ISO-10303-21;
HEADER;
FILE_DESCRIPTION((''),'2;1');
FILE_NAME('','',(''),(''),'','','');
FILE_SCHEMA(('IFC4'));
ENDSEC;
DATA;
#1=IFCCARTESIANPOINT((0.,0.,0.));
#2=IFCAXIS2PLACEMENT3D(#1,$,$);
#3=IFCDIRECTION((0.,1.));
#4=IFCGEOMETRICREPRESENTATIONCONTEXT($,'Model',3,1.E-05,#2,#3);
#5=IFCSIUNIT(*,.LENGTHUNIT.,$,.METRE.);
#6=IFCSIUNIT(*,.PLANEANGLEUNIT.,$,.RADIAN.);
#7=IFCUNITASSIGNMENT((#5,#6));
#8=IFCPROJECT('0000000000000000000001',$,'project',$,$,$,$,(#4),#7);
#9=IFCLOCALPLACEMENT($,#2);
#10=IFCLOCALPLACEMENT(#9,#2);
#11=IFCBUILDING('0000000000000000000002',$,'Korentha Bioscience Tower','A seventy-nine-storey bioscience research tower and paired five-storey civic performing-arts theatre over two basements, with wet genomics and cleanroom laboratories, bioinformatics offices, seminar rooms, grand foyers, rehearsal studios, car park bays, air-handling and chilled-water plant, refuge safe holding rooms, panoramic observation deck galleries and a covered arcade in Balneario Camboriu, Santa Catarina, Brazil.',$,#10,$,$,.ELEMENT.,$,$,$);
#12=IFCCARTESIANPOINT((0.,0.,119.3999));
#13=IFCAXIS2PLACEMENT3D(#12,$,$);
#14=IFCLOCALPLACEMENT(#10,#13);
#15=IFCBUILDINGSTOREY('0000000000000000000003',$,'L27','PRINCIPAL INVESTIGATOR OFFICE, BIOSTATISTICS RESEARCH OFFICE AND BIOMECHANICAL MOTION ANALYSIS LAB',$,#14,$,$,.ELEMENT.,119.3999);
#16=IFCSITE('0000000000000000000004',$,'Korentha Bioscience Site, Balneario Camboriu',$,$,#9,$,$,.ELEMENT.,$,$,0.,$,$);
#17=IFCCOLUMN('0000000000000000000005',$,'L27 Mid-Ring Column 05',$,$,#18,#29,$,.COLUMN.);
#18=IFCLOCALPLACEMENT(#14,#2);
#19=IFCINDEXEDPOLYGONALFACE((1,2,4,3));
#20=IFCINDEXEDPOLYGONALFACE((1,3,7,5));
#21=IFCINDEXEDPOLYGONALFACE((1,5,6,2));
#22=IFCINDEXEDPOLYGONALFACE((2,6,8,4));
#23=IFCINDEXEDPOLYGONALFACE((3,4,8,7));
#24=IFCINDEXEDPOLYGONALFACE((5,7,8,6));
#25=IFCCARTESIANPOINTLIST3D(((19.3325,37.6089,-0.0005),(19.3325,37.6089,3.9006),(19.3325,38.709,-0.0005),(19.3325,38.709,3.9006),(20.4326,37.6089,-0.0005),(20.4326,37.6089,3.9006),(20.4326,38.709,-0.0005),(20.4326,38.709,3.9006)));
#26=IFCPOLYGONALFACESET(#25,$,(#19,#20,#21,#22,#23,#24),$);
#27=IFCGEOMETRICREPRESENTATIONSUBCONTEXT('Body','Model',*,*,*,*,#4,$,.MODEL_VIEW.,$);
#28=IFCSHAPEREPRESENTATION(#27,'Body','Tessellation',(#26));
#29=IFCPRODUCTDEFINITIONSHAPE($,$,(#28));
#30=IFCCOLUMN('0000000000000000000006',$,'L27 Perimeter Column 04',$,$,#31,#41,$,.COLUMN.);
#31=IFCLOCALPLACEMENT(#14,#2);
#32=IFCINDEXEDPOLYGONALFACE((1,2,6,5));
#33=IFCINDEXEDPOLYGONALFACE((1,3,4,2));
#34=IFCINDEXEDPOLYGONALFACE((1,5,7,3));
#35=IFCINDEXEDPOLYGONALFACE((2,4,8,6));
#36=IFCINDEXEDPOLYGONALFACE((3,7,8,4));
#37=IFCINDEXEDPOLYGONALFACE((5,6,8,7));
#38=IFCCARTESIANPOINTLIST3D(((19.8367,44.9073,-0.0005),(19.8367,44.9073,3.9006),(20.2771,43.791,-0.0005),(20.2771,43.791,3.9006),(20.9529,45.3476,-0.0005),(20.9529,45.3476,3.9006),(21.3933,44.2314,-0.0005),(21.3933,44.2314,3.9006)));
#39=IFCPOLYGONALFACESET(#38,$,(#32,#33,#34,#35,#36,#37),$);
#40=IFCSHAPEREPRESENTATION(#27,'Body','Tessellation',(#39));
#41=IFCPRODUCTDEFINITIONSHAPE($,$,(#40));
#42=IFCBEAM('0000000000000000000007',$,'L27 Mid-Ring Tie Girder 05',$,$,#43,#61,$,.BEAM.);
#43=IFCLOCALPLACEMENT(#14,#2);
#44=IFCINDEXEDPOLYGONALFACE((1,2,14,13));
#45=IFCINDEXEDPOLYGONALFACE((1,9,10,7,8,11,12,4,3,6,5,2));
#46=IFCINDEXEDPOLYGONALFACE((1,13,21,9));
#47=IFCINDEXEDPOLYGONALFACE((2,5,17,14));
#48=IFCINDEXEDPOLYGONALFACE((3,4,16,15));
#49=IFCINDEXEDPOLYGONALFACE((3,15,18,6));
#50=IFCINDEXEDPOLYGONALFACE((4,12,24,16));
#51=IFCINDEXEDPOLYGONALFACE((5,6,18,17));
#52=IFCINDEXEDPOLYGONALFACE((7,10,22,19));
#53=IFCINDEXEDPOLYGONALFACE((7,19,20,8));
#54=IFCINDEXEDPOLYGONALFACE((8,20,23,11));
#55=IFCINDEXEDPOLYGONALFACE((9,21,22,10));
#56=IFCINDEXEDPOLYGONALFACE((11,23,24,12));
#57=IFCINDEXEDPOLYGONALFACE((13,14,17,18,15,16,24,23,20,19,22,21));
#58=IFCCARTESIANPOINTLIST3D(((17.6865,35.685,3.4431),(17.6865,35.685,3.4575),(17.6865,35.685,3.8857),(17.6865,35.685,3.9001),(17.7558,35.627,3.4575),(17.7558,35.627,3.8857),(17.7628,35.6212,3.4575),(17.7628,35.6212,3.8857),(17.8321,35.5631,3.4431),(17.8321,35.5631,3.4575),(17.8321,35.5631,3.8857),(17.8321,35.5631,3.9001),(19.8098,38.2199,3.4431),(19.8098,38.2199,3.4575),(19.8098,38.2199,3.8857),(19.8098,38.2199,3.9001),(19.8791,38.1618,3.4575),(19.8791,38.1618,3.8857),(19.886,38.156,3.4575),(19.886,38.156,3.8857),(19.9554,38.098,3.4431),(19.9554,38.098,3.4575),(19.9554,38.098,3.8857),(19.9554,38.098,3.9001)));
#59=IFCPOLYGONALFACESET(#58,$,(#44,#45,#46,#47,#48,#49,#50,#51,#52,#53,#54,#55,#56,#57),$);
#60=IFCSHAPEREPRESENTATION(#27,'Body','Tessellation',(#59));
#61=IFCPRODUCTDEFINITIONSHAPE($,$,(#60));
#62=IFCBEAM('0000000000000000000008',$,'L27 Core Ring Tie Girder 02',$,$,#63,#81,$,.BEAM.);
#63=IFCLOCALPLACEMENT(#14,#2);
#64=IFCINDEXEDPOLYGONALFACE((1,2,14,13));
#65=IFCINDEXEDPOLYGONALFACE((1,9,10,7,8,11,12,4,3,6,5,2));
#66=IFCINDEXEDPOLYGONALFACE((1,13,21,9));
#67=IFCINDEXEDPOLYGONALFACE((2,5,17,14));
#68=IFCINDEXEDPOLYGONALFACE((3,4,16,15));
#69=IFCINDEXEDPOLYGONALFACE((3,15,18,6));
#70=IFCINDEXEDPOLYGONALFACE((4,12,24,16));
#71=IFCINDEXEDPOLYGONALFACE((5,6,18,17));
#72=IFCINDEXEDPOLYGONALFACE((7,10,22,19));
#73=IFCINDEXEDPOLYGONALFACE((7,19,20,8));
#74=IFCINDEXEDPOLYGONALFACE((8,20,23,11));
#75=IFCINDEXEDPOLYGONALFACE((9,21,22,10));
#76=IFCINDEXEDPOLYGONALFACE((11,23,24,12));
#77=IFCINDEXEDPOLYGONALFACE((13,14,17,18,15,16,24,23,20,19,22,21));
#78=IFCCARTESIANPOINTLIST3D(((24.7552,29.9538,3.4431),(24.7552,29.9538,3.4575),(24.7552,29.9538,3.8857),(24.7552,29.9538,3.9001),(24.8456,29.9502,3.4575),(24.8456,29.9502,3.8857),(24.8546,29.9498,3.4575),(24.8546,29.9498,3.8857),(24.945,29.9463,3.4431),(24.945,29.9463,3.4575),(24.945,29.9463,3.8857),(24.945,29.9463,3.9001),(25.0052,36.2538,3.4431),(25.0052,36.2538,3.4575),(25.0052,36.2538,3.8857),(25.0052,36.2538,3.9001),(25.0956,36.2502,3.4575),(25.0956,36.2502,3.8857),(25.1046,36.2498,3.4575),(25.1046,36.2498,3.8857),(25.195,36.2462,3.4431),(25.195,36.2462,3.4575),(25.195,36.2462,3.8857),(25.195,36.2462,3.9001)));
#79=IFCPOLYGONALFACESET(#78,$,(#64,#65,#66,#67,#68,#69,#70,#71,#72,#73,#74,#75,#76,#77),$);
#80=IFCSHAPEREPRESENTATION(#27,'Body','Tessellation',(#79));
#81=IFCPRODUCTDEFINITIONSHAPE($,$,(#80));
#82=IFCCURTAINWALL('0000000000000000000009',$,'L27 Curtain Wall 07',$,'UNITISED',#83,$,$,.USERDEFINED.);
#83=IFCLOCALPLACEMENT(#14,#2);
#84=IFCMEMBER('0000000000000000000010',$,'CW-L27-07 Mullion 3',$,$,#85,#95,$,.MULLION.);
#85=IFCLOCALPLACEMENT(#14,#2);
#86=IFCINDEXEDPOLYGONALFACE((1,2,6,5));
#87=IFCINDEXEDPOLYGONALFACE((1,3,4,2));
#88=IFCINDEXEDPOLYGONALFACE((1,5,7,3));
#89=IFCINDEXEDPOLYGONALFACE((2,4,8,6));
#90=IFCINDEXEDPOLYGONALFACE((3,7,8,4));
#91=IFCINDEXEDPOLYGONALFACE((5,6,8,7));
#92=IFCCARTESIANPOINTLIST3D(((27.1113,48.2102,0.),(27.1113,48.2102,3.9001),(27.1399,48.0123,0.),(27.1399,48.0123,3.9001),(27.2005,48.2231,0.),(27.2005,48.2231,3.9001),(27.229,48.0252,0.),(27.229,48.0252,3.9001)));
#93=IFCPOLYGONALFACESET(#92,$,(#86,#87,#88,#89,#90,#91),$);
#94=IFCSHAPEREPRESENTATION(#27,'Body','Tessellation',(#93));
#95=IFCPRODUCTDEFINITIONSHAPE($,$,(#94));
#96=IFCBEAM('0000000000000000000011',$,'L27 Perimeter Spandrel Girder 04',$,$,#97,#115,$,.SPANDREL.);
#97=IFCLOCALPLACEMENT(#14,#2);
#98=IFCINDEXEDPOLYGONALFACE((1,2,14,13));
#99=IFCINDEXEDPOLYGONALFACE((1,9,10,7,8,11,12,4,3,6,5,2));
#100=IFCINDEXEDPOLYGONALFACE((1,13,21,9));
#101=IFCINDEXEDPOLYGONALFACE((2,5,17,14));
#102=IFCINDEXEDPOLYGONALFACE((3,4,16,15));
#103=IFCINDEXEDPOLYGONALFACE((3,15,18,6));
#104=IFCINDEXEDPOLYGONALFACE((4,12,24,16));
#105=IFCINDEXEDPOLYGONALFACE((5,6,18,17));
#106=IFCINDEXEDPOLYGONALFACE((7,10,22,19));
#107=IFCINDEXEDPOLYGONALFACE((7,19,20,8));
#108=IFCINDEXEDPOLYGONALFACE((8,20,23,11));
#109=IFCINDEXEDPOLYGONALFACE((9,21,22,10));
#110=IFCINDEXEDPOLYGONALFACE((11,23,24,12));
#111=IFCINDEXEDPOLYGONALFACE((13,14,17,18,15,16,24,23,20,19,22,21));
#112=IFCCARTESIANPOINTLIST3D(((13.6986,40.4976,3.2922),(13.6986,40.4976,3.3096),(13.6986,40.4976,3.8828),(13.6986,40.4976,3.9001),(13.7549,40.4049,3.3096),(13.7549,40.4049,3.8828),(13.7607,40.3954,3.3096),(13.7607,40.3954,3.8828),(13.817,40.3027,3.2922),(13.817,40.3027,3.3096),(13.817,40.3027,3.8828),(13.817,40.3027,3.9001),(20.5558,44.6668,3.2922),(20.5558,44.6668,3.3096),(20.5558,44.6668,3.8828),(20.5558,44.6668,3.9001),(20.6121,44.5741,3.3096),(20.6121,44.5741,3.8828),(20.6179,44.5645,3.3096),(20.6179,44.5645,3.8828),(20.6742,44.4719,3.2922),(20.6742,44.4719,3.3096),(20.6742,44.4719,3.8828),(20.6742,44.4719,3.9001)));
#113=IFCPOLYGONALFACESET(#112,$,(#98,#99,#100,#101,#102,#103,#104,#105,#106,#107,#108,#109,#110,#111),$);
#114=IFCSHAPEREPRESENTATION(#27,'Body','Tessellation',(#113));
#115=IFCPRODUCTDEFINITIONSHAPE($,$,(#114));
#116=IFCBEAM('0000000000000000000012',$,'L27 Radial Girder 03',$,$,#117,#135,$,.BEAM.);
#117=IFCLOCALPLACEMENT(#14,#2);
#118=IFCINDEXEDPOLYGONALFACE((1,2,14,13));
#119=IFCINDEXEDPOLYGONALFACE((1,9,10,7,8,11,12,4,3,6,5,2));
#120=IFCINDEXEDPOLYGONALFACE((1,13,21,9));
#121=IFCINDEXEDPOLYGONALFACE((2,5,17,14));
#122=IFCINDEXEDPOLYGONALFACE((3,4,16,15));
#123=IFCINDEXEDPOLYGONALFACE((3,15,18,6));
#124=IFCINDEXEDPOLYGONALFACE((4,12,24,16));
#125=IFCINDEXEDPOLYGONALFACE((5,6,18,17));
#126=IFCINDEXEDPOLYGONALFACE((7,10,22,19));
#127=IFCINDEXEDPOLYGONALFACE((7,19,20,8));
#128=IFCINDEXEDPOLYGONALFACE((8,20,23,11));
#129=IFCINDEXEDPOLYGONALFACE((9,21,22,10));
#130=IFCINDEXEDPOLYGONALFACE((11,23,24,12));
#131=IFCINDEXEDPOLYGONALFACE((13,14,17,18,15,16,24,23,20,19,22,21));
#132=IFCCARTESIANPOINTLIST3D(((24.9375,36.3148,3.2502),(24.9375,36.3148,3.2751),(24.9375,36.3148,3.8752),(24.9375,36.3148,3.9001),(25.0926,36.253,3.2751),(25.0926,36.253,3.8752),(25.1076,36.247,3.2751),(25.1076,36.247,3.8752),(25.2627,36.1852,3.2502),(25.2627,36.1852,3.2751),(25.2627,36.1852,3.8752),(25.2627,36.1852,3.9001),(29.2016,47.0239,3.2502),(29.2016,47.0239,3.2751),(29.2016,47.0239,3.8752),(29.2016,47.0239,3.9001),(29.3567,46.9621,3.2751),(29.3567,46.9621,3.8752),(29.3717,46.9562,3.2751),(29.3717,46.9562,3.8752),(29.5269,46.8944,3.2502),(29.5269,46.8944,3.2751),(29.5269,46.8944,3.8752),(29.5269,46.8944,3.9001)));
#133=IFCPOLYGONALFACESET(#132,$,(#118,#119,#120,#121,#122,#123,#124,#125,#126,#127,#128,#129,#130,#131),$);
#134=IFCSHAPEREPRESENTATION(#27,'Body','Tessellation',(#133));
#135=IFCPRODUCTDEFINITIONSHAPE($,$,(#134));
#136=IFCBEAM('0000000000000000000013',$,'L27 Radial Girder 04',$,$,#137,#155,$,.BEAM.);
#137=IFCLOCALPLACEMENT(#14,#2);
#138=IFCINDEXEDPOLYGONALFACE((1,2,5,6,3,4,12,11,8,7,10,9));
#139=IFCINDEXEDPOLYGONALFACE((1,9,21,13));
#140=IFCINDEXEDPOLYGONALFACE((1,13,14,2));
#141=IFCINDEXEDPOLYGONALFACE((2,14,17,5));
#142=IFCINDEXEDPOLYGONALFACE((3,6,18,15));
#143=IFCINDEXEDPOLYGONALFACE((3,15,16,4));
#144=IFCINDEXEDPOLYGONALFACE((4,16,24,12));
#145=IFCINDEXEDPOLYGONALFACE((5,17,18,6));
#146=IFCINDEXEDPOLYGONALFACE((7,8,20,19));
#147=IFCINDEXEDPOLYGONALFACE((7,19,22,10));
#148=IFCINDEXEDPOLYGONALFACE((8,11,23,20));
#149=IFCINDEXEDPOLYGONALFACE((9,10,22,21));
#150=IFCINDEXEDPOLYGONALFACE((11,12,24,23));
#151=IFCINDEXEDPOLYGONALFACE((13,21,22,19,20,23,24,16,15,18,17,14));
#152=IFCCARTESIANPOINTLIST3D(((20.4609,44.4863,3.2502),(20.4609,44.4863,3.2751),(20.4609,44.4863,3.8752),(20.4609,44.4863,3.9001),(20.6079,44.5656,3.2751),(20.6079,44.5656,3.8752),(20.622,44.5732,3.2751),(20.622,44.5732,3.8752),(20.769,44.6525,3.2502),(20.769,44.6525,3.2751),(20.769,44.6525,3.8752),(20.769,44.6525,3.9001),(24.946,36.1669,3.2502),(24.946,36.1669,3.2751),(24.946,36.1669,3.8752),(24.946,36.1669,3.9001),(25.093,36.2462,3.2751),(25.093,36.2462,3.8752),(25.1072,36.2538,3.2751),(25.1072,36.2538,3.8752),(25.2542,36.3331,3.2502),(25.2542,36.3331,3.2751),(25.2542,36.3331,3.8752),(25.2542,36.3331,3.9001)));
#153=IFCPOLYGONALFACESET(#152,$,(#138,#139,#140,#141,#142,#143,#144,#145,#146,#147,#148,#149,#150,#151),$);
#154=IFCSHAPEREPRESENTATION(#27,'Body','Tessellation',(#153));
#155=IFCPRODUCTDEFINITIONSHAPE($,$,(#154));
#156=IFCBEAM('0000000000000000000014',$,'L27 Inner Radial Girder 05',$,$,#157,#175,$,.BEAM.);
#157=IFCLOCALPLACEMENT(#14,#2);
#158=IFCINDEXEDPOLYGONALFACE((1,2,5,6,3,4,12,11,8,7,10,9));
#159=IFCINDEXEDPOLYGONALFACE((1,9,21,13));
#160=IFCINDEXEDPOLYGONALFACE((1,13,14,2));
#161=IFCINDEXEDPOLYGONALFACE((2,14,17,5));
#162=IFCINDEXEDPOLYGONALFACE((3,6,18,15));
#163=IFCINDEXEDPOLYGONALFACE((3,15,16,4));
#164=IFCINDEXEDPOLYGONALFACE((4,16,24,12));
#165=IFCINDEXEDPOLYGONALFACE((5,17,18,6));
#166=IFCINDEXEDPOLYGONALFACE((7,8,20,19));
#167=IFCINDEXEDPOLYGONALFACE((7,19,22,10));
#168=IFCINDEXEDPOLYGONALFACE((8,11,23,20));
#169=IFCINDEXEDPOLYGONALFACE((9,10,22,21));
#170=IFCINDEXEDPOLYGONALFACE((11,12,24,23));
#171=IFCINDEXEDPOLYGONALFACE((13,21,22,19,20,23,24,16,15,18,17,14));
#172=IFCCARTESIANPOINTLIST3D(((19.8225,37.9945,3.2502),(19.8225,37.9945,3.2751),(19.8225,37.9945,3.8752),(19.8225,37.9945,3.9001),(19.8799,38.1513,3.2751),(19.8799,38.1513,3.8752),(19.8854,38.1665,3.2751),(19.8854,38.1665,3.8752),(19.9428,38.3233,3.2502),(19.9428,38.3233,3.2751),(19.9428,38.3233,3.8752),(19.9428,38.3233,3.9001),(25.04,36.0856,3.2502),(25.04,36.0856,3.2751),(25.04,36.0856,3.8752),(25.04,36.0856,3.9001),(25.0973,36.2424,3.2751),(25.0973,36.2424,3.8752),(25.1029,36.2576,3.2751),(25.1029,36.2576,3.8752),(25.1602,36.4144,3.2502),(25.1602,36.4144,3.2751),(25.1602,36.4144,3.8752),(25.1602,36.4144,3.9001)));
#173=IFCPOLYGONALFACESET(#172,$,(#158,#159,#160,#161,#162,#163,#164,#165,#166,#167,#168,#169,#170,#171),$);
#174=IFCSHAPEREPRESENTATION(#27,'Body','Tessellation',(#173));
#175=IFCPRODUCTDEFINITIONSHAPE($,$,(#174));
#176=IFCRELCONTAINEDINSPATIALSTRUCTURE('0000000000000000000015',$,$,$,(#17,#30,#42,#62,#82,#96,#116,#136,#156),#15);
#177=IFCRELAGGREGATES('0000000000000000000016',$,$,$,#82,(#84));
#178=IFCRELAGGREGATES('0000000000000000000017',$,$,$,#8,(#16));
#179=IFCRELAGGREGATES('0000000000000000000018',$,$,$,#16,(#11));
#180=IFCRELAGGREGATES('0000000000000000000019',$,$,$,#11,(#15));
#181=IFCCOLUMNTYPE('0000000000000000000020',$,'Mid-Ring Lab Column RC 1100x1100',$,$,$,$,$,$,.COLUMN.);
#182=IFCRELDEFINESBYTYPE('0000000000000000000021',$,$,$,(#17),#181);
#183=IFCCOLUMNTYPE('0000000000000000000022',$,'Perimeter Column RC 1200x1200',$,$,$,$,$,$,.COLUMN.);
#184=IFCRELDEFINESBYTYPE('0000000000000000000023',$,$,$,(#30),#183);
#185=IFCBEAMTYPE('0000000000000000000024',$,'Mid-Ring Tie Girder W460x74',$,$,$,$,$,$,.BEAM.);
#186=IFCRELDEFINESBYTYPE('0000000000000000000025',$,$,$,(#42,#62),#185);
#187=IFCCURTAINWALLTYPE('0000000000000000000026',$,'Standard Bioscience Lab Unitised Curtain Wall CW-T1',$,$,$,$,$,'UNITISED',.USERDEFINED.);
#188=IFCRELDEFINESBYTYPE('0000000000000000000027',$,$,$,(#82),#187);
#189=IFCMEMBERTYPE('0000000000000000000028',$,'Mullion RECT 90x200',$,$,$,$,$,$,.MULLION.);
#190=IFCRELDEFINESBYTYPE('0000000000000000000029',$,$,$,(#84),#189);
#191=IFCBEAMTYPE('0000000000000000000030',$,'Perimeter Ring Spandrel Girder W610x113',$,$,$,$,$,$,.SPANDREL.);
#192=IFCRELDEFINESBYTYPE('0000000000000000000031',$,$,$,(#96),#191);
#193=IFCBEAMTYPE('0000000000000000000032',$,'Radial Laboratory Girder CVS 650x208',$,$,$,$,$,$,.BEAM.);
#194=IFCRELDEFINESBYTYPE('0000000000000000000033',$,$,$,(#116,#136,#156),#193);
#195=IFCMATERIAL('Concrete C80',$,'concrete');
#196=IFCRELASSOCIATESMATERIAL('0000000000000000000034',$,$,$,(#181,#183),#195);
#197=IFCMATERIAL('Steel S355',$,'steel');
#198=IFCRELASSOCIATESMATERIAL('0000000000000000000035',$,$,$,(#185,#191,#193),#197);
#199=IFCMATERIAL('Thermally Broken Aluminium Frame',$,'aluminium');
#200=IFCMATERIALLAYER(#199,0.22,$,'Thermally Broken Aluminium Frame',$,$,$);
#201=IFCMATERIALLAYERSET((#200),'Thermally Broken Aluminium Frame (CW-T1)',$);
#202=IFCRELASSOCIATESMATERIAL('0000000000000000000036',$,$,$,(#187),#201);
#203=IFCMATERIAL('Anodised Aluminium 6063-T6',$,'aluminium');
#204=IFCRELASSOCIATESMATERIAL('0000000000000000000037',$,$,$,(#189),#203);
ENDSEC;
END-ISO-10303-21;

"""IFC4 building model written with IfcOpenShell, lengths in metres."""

from ifc_helpers import new_model, si_unit, direction, frame, origin, origin_2d, place, context, subcontext, project, spatial, rectangle, i_section, extrude, material, layer, layer_set, material_profile, profile_set, type_object, element, aggregate, save


model = new_model("IFC4")

# Units and contexts
model_context = context("Model", 3, precision=1e-05, world=origin(), true_north=direction((0.0, 1.0)))
body_context = subcontext(model_context, "Body", "Model", "MODEL_VIEW")
ifc_project = project(units=[si_unit("LENGTHUNIT", "METRE"), si_unit("PLANEANGLEUNIT", "RADIAN")], contexts=[model_context])

# Site, building, storey
site_placement = place(None, origin())
site = spatial("IfcSite", under=ifc_project, at=site_placement, Name="Korentha Bioscience Site, Balneario Camboriu", CompositionType="ELEMENT", RefElevation=0.0)
building_placement = place(site_placement, origin())
building = spatial("IfcBuilding", under=site, at=building_placement, Name="Korentha Bioscience Tower", Description="A seventy-nine-storey bioscience research tower and paired five-storey civic performing-arts theatre over two basements, with wet genomics and cleanroom laboratories, bioinformatics offices, seminar rooms, grand foyers, rehearsal studios, car park bays, air-handling and chilled-water plant, refuge safe holding rooms, panoramic observation deck galleries and a covered arcade in Balneario Camboriu, Santa Catarina, Brazil.", CompositionType="ELEMENT")
storey_placement = place(building_placement, frame((0.0, 0.0, 119.3999)))
storey = spatial("IfcBuildingStorey", under=building, at=storey_placement, Name="L27", Description="PRINCIPAL INVESTIGATOR OFFICE, BIOSTATISTICS RESEARCH OFFICE AND BIOMECHANICAL MOTION ANALYSIS LAB", CompositionType="ELEMENT", Elevation=119.3999)

# Columns
ifc_material_1 = material(Name="Concrete C80", Category="concrete")
ifc_material_profile_1 = material_profile(ifc_material_1, rectangle(XDim=1.1001, YDim=1.1001, at=origin_2d()), Name="Concrete C80")
ifc_profile_set_1 = profile_set([ifc_material_profile_1], Name="Concrete C80 (COL-MR11)")
column_type_1 = type_object("IfcColumnType", Name="Mid-Ring Lab Column RC 1100x1100", PredefinedType="COLUMN", material=ifc_profile_set_1)
column_1_placement = place(storey_placement, frame((19.8826, 38.1589, -0.0005), z_axis=(0.0, 0.0, 1.0), x_axis=(1.0, 0.0, 0.0)))
element("IfcColumn", 1, at=column_1_placement, inside=storey, type_object=column_type_1, Name="L27 Mid-Ring Column 05", PredefinedType="COLUMN", context=body_context, shape_type="SweptSolid", body=[
    extrude(rectangle(XDim=1.1001, YDim=1.1001, at=origin_2d()), origin(), (0.0, 0.0, 1.0), 3.9011),
])
ifc_material_profile_2 = material_profile(ifc_material_1, rectangle(XDim=1.2, YDim=1.2, at=origin_2d()), Name="Concrete C80")
ifc_profile_set_2 = profile_set([ifc_material_profile_2], Name="Concrete C80 (COL-P12)")
column_type_2 = type_object("IfcColumnType", Name="Perimeter Column RC 1200x1200", PredefinedType="COLUMN", material=ifc_profile_set_2)
column_2_placement = place(storey_placement, frame((20.615, 44.5693, -0.0005), z_axis=(0.0, 0.0, 1.0), x_axis=(0.930226, 0.366988, 0.0)))
element("IfcColumn", 2, at=column_2_placement, inside=storey, type_object=column_type_2, Name="L27 Perimeter Column 04", PredefinedType="COLUMN", context=body_context, shape_type="SweptSolid", body=[
    extrude(rectangle(XDim=1.2, YDim=1.2, at=origin_2d()), origin(), (0.0, 0.0, 1.0), 3.9011),
])

# Beams
ifc_material_2 = material(Name="Steel S355", Category="steel")
ifc_material_profile_3 = material_profile(ifc_material_2, i_section(OverallWidth=0.1899, OverallDepth=0.457, WebThickness=0.009, FlangeThickness=0.0144, at=origin_2d()), Name="Steel S355")
ifc_profile_set_3 = profile_set([ifc_material_profile_3], Name="Steel S355 (MB-460)")
beam_type_1 = type_object("IfcBeamType", Name="Mid-Ring Tie Girder W460x74", PredefinedType="BEAM", material=ifc_profile_set_3)
beam_1_placement = place(storey_placement, frame((19.8826, 38.1589, 3.6716), z_axis=(-0.642121, -0.766603, 0.0), x_axis=(0.766603, -0.642121, 0.0)))
element("IfcBeam", 3, at=beam_1_placement, inside=storey, type_object=beam_type_1, Name="L27 Mid-Ring Tie Girder 05", PredefinedType="BEAM", context=body_context, shape_type="SweptSolid", body=[
    extrude(i_section(OverallWidth=0.1899, OverallDepth=0.457, WebThickness=0.009, FlangeThickness=0.0144, at=origin_2d()), origin(), (0.0, 0.0, 1.0), 3.3066),
])
beam_2_placement = place(storey_placement, frame((25.1001, 36.25, 3.6716), z_axis=(-0.039651, -0.999214, 0.0), x_axis=(0.999214, -0.039651, 0.0)))
element("IfcBeam", 4, at=beam_2_placement, inside=storey, type_object=beam_type_1, Name="L27 Core Ring Tie Girder 02", PredefinedType="BEAM", context=body_context, shape_type="SweptSolid", body=[
    extrude(i_section(OverallWidth=0.1899, OverallDepth=0.457, WebThickness=0.009, FlangeThickness=0.0144, at=origin_2d()), origin(), (0.0, 0.0, 1.0), 6.3049),
])

# Curtain wall, member
ifc_material_3 = material(Name="Thermally Broken Aluminium Frame", Category="aluminium")
ifc_layer_1 = layer(ifc_material_3, 0.22, Name="Thermally Broken Aluminium Frame")
ifc_layer_set_1 = layer_set([ifc_layer_1], Name="Thermally Broken Aluminium Frame (CW-T1)")
curtain_wall_type = type_object("IfcCurtainWallType", Name="Standard Bioscience Lab Unitised Curtain Wall CW-T1", ElementType="UNITISED", PredefinedType="USERDEFINED", material=ifc_layer_set_1)
curtain_wall_placement = place(storey_placement, origin())
curtain_wall = element("IfcCurtainWall", 5, at=curtain_wall_placement, inside=storey, type_object=curtain_wall_type, Name="L27 Curtain Wall 07", ObjectType="UNITISED", PredefinedType="USERDEFINED")
ifc_material_4 = material(Name="Anodised Aluminium 6063-T6", Category="aluminium")
ifc_material_profile_4 = material_profile(ifc_material_4, rectangle(XDim=0.0901, YDim=0.2, at=origin_2d()), Name="Anodised Aluminium 6063-T6")
ifc_profile_set_4 = profile_set([ifc_material_profile_4], Name="Anodised Aluminium 6063-T6 (CW-MUL)")
member_type = type_object("IfcMemberType", Name="Mullion RECT 90x200", PredefinedType="MULLION", material=ifc_profile_set_4)
member_placement = place(storey_placement, frame((27.1702, 48.1177, 0.0), z_axis=(0.0, 0.0, 1.0), x_axis=(-0.989738, -0.142892, 0.0)))
member = element("IfcMember", 6, at=member_placement, type_object=member_type, Name="CW-L27-07 Mullion 3", PredefinedType="MULLION", context=body_context, shape_type="SweptSolid", body=[
    extrude(rectangle(XDim=0.0901, YDim=0.2, at=origin_2d()), origin(), (0.0, 0.0, 1.0), 3.9001),
])

# Beams
ifc_material_profile_5 = material_profile(ifc_material_2, i_section(OverallWidth=0.228, OverallDepth=0.6079, WebThickness=0.0112, FlangeThickness=0.0173, at=origin_2d()), Name="Steel S355")
ifc_profile_set_5 = profile_set([ifc_material_profile_5], Name="Steel S355 (SB-610)")
beam_type_2 = type_object("IfcBeamType", Name="Perimeter Ring Spandrel Girder W610x113", PredefinedType="SPANDREL", material=ifc_profile_set_5)
beam_3_placement = place(storey_placement, frame((20.615, 44.5693, 3.5962), z_axis=(-0.854461, -0.519515, 0.0), x_axis=(0.519515, -0.854461, 0.0)))
element("IfcBeam", 7, at=beam_3_placement, inside=storey, type_object=beam_type_2, Name="L27 Perimeter Spandrel Girder 04", PredefinedType="SPANDREL", context=body_context, shape_type="SweptSolid", body=[
    extrude(i_section(OverallWidth=0.228, OverallDepth=0.6079, WebThickness=0.0112, FlangeThickness=0.0173, at=origin_2d()), origin(), (0.0, 0.0, 1.0), 8.0251),
])
ifc_material_profile_6 = material_profile(ifc_material_2, i_section(OverallWidth=0.3501, OverallDepth=0.6499, WebThickness=0.0161, FlangeThickness=0.0249, at=origin_2d()), Name="Steel S355")
ifc_profile_set_6 = profile_set([ifc_material_profile_6], Name="Steel S355 (RB-650)")
beam_type_3 = type_object("IfcBeamType", Name="Radial Laboratory Girder CVS 650x208", PredefinedType="BEAM", material=ifc_profile_set_6)
beam_4_placement = place(storey_placement, frame((25.1001, 36.25, 3.5752), z_axis=(0.36993, 0.92906, 0.0), x_axis=(-0.92906, 0.36993, 0.0)))
element("IfcBeam", 8, at=beam_4_placement, inside=storey, type_object=beam_type_3, Name="L27 Radial Girder 03", PredefinedType="BEAM", context=body_context, shape_type="SweptSolid", body=[
    extrude(i_section(OverallWidth=0.3501, OverallDepth=0.6499, WebThickness=0.0161, FlangeThickness=0.0249, at=origin_2d()), origin(), (0.0, 0.0, 1.0), 11.5269),
])
beam_5_placement = place(storey_placement, frame((25.1001, 36.25, 3.5752), z_axis=(-0.474548, 0.88023, 0.0), x_axis=(-0.88023, -0.474548, 0.0)))
element("IfcBeam", 9, at=beam_5_placement, inside=storey, type_object=beam_type_3, Name="L27 Radial Girder 04", PredefinedType="BEAM", context=body_context, shape_type="SweptSolid", body=[
    extrude(i_section(OverallWidth=0.3501, OverallDepth=0.6499, WebThickness=0.0161, FlangeThickness=0.0249, at=origin_2d()), origin(), (0.0, 0.0, 1.0), 9.4514),
])
beam_6_placement = place(storey_placement, frame((25.1001, 36.25, 3.5752), z_axis=(-0.939118, 0.343595, 0.0), x_axis=(-0.343595, -0.939118, 0.0)))
element("IfcBeam", 10, at=beam_6_placement, inside=storey, type_object=beam_type_3, Name="L27 Inner Radial Girder 05", PredefinedType="BEAM", context=body_context, shape_type="SweptSolid", body=[
    extrude(i_section(OverallWidth=0.3501, OverallDepth=0.6499, WebThickness=0.0161, FlangeThickness=0.0249, at=origin_2d()), origin(), (0.0, 0.0, 1.0), 5.5557),
])

aggregate(curtain_wall, [member])

save(model, "model.ifc")
